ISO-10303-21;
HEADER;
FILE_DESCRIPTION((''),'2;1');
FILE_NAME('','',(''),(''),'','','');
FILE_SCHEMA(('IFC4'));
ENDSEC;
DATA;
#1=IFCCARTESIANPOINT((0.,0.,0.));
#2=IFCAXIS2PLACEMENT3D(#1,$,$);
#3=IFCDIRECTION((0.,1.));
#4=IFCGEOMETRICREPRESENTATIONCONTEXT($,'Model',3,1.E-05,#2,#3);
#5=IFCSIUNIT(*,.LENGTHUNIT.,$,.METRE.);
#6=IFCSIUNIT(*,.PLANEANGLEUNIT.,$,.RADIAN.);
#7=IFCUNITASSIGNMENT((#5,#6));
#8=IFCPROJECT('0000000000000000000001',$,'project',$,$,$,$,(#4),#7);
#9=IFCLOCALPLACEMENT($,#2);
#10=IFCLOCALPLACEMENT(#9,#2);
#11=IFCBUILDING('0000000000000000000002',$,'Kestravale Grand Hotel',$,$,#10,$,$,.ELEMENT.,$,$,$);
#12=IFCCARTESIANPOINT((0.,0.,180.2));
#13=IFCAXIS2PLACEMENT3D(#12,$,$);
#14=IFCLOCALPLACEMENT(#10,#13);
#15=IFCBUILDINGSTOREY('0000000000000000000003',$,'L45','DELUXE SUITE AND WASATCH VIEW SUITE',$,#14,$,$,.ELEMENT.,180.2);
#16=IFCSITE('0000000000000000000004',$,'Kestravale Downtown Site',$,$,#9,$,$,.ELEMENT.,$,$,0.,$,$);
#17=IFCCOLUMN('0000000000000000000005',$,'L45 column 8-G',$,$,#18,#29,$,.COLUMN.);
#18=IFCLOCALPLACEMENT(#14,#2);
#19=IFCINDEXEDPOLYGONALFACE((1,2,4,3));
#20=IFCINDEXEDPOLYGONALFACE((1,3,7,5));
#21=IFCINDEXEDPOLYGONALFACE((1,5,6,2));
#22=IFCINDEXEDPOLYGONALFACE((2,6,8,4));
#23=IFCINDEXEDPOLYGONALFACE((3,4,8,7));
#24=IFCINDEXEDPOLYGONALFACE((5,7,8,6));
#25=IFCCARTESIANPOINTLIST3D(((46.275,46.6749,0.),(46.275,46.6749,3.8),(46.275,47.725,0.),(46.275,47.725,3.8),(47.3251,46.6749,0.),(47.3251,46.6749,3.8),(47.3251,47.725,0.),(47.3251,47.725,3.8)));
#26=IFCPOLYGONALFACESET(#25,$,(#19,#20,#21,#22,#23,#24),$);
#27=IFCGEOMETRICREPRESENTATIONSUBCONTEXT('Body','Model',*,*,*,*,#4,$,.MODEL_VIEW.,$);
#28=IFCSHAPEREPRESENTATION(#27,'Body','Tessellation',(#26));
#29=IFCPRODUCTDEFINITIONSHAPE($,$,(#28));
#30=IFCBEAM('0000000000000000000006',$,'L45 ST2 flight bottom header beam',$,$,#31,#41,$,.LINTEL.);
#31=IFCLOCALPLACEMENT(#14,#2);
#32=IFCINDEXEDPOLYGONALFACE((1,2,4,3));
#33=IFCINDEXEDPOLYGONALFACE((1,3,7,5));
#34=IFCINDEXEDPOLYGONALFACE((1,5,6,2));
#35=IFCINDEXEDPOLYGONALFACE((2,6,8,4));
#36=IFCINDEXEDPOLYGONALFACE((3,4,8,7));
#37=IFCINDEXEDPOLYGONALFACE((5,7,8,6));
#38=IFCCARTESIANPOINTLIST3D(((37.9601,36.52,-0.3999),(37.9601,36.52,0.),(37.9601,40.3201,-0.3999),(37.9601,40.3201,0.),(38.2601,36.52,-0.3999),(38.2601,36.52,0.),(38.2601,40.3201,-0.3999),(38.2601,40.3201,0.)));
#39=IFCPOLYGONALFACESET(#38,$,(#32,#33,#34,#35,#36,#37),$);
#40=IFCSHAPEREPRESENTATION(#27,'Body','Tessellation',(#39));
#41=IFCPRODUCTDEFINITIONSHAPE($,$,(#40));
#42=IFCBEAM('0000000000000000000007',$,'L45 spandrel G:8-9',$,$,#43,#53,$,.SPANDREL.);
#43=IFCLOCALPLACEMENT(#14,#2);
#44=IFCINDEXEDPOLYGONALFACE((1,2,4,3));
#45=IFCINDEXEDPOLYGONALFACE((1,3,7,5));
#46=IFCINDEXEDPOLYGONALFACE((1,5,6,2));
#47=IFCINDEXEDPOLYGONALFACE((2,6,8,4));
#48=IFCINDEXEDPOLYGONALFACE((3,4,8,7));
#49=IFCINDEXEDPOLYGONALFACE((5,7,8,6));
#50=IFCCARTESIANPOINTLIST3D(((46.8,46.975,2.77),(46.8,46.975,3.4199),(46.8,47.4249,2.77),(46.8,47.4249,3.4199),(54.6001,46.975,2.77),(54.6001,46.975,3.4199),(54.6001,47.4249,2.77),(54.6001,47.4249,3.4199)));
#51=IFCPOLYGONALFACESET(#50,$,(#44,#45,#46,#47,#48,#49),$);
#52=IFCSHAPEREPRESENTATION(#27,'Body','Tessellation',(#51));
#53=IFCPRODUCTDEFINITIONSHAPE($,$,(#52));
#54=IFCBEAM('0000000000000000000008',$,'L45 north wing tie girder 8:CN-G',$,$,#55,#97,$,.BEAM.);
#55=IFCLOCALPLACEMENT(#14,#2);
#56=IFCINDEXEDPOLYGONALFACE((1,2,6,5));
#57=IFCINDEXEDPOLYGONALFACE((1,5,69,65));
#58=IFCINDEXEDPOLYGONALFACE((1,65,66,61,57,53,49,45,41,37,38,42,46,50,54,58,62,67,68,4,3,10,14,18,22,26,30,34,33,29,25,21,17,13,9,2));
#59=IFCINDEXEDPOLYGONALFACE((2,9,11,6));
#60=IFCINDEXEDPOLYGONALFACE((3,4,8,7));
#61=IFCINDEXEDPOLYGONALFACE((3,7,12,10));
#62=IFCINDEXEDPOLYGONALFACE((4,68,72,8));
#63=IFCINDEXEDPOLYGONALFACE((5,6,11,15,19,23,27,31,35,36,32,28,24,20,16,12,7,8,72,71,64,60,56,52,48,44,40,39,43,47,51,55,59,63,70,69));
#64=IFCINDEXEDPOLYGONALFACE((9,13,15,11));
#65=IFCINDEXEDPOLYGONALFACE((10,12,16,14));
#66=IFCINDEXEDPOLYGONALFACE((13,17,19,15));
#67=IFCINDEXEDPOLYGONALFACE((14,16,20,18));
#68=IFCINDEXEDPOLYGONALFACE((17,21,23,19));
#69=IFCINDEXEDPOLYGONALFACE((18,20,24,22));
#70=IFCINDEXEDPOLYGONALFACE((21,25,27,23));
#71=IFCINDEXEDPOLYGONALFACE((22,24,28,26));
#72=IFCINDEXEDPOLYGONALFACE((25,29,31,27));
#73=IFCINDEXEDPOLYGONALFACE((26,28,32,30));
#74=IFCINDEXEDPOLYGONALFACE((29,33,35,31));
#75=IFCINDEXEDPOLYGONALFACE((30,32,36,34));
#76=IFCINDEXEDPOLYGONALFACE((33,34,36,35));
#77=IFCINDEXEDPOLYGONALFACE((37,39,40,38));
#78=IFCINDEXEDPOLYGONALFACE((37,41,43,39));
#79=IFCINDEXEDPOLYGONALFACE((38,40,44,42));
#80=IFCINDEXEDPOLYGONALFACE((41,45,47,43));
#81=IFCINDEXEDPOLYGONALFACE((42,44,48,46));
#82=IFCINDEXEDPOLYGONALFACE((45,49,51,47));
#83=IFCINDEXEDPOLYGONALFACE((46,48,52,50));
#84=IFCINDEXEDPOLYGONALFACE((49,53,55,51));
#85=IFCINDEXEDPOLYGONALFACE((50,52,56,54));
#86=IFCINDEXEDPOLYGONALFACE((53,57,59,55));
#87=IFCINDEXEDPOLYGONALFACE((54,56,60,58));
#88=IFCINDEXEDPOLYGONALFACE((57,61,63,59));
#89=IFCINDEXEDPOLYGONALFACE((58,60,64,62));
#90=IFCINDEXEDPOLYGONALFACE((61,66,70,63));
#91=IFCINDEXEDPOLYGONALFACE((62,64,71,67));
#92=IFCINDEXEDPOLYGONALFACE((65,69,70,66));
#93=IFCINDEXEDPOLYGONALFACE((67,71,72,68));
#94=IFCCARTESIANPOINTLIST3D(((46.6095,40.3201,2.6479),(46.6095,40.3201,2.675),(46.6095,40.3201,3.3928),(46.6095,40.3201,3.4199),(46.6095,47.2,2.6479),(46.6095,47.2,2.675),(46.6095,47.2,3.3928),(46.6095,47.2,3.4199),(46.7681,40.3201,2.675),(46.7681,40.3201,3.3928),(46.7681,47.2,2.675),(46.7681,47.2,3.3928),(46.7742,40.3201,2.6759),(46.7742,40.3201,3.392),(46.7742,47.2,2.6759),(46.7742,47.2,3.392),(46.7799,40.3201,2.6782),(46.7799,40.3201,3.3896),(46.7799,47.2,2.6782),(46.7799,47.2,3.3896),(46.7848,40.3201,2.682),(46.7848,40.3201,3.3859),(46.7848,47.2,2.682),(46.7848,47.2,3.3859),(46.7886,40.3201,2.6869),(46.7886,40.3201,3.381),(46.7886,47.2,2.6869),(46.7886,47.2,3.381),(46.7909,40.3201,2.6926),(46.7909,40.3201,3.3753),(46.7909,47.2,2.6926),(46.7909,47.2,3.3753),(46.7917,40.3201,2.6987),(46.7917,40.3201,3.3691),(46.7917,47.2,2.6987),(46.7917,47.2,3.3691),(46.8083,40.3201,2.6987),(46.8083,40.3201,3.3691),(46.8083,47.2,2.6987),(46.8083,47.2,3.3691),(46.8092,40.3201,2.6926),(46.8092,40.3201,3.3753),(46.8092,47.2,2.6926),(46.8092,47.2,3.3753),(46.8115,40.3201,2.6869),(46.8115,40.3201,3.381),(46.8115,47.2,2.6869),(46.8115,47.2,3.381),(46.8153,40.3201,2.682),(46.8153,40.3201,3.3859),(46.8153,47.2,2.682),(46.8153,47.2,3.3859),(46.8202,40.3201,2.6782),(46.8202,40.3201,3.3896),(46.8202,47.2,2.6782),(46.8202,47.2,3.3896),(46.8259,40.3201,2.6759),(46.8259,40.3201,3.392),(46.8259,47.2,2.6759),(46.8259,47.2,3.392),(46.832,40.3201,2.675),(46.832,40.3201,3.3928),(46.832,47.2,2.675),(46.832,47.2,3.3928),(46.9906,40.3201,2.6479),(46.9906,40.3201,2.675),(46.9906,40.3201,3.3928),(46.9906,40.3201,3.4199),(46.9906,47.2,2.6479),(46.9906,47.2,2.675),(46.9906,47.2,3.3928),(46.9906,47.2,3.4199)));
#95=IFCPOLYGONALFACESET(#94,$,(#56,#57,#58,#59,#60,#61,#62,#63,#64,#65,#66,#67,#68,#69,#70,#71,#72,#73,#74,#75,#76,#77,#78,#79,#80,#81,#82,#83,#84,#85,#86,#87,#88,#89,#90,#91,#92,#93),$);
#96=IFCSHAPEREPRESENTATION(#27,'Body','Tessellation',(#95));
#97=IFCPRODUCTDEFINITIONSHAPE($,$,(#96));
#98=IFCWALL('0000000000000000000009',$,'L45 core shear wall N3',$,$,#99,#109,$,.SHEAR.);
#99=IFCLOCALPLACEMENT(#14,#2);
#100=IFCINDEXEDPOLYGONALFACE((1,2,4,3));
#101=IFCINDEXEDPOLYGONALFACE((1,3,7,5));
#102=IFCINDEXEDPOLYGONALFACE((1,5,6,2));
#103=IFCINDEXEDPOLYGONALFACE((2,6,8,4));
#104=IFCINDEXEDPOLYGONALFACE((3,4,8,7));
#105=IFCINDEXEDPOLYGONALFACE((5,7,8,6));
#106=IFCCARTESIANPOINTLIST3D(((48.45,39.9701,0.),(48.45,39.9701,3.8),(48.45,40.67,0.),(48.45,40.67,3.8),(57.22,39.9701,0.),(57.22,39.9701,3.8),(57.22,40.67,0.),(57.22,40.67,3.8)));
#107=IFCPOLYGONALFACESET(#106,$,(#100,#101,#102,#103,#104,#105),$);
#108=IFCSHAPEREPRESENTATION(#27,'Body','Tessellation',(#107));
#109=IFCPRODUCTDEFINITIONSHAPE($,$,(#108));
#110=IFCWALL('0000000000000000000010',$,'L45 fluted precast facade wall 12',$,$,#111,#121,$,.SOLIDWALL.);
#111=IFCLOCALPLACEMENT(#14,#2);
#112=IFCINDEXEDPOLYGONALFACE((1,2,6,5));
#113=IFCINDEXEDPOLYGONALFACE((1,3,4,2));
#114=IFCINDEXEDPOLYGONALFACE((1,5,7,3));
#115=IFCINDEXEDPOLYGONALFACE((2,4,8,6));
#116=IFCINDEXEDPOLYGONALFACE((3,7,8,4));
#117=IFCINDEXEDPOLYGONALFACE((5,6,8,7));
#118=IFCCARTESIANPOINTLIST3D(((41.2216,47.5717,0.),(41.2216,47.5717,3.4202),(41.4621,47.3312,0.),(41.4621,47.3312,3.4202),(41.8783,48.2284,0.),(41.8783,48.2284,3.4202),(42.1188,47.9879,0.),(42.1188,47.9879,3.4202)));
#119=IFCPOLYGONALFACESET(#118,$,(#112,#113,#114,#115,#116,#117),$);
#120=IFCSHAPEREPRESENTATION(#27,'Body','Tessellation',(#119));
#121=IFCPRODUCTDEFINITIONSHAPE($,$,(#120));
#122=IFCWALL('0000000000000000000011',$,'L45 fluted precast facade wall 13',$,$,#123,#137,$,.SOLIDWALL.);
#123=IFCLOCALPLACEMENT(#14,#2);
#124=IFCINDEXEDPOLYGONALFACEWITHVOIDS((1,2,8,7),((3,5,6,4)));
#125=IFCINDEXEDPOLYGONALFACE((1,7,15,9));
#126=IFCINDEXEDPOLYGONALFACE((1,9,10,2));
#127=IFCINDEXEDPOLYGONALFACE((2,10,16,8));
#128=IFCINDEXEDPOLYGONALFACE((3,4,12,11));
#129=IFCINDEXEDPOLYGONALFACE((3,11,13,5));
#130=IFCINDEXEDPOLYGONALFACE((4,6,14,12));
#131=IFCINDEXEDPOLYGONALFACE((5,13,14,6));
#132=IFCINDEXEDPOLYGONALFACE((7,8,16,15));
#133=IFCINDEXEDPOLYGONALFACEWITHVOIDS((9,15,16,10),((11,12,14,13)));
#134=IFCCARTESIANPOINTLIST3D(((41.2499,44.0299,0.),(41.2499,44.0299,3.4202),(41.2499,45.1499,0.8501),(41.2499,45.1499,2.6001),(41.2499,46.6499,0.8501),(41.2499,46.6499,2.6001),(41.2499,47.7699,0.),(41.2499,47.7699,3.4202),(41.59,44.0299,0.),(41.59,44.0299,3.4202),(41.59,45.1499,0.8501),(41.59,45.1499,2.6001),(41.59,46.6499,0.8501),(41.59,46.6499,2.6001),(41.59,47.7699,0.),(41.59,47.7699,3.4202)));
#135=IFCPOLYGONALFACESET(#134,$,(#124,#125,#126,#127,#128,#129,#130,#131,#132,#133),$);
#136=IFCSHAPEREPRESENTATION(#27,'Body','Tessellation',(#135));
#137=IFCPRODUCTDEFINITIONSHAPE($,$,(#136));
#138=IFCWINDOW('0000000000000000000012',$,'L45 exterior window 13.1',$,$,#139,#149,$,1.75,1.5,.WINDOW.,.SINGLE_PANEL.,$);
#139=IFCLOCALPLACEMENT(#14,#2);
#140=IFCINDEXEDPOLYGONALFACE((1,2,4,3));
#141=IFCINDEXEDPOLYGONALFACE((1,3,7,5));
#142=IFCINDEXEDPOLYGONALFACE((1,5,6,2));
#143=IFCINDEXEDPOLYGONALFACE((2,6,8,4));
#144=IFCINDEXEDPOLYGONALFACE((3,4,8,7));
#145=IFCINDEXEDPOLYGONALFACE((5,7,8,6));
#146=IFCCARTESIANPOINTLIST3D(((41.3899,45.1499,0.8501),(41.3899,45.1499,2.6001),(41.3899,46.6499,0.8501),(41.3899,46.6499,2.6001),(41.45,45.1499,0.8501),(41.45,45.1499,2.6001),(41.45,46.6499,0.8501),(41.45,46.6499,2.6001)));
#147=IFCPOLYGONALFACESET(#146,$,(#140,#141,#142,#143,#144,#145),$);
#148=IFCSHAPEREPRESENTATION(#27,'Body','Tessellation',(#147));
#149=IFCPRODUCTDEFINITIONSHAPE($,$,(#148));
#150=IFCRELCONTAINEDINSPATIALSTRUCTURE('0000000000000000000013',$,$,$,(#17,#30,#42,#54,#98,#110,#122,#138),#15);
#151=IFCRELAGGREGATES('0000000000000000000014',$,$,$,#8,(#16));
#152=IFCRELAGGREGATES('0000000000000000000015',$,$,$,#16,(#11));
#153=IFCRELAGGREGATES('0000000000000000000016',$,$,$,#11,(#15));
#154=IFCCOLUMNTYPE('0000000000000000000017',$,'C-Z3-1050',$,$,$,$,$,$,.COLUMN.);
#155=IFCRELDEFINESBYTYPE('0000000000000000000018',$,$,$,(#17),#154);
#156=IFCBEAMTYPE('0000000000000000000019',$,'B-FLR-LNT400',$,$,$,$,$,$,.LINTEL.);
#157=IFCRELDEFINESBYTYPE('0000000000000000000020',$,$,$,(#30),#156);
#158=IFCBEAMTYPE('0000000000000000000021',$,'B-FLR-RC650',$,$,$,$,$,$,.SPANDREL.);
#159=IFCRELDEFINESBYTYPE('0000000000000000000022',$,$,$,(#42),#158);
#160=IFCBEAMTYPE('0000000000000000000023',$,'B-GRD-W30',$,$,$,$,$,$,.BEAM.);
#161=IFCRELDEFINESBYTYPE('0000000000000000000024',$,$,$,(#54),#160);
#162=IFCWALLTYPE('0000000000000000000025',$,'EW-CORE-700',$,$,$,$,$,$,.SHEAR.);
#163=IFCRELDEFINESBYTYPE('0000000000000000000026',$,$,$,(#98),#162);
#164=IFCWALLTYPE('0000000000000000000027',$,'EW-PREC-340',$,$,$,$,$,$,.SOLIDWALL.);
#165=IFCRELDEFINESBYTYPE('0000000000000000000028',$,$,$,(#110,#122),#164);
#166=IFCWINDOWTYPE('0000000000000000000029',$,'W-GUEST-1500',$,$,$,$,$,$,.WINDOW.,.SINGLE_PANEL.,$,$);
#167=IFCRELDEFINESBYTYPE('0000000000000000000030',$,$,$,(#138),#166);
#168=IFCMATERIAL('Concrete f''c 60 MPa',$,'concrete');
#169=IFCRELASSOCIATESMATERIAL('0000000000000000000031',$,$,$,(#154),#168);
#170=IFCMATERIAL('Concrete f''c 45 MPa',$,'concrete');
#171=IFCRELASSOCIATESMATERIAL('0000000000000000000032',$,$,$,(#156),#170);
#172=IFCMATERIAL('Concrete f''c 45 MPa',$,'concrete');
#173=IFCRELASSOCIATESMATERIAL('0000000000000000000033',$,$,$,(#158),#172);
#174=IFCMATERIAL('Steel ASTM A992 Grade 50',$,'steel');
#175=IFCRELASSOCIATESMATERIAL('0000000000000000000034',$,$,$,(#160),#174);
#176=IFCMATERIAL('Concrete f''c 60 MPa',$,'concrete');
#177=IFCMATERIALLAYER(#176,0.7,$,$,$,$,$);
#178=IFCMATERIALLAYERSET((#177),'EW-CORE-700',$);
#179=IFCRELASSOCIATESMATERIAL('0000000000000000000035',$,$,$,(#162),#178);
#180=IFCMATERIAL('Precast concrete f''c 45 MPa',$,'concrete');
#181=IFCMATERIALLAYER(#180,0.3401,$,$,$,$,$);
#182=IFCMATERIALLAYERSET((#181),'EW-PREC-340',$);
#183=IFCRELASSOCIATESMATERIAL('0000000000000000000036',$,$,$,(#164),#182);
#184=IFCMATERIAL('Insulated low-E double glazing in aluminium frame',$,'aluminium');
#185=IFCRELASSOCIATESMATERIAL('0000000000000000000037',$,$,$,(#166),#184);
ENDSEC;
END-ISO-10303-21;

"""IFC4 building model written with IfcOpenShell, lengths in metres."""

from ifc_helpers import new_model, si_unit, direction, frame, frame_2d, origin, origin_2d, place, context, subcontext, project, spatial, rectangle, i_section, extrude, material, layer, layer_set, material_profile, profile_set, type_object, element, fill, save


model = new_model("IFC4")

# Units and contexts
model_context = context("Model", 3, precision=1e-05, world=origin(), true_north=direction((0.0, 1.0)))
body_context = subcontext(model_context, "Body", "Model", "MODEL_VIEW")
ifc_project = project(units=[si_unit("LENGTHUNIT", "METRE"), si_unit("PLANEANGLEUNIT", "RADIAN")], contexts=[model_context])

# Site, building, storey
site_placement = place(None, origin())
site = spatial("IfcSite", under=ifc_project, at=site_placement, Name="Kestravale Downtown Site", CompositionType="ELEMENT", RefElevation=0.0)
building_placement = place(site_placement, origin())
building = spatial("IfcBuilding", under=site, at=building_placement, Name="Kestravale Grand Hotel", CompositionType="ELEMENT")
storey_placement = place(building_placement, frame((0.0, 0.0, 180.2)))
storey = spatial("IfcBuildingStorey", under=building, at=storey_placement, Name="L45", Description="DELUXE SUITE AND WASATCH VIEW SUITE", CompositionType="ELEMENT", Elevation=180.2)

# Column
ifc_material_1 = material(Name="Concrete f'c 60 MPa", Category="concrete")
ifc_material_profile_1 = material_profile(ifc_material_1, rectangle(XDim=1.05, YDim=1.05, at=origin_2d()))
ifc_profile_set_1 = profile_set([ifc_material_profile_1], Name="Concrete f'c 60 MPa")
column_type = type_object("IfcColumnType", Name="C-Z3-1050", PredefinedType="COLUMN", material=ifc_profile_set_1)
column_placement = place(storey_placement, frame((46.8, 47.2, 0.0), z_axis=(0.0, 0.0, 1.0), x_axis=(1.0, 0.0, 0.0)))
element("IfcColumn", 1, at=column_placement, inside=storey, type_object=column_type, Name="L45 column 8-G", PredefinedType="COLUMN", context=body_context, shape_type="SweptSolid", body=[
    extrude(rectangle(XDim=1.05, YDim=1.05, at=origin_2d()), origin(), (0.0, 0.0, 1.0), 3.8),
])

# Beams
ifc_material_2 = material(Name="Concrete f'c 45 MPa", Category="concrete")
ifc_material_profile_2 = material_profile(ifc_material_2, rectangle(XDim=0.3, YDim=0.3999, at=origin_2d()))
ifc_profile_set_2 = profile_set([ifc_material_profile_2], Name="Concrete f'c 45 MPa")
beam_type_1 = type_object("IfcBeamType", Name="B-FLR-LNT400", PredefinedType="LINTEL", material=ifc_profile_set_2)
beam_1_placement = place(storey_placement, frame((38.1101, 36.52, -0.2), z_axis=(0.0, 1.0, 0.0), x_axis=(-1.0, 0.0, 0.0)))
element("IfcBeam", 2, at=beam_1_placement, inside=storey, type_object=beam_type_1, Name="L45 ST2 flight bottom header beam", PredefinedType="LINTEL", context=body_context, shape_type="SweptSolid", body=[
    extrude(rectangle(XDim=0.3, YDim=0.3999, at=origin_2d()), origin(), (0.0, 0.0, 1.0), 3.8),
])
ifc_material_3 = material(Name="Concrete f'c 45 MPa", Category="concrete")
ifc_material_profile_3 = material_profile(ifc_material_3, rectangle(XDim=0.45, YDim=0.6499, at=origin_2d()))
ifc_profile_set_3 = profile_set([ifc_material_profile_3], Name="Concrete f'c 45 MPa")
beam_type_2 = type_object("IfcBeamType", Name="B-FLR-RC650", PredefinedType="SPANDREL", material=ifc_profile_set_3)
beam_2_placement = place(storey_placement, frame((46.8, 47.2, 3.095), z_axis=(1.0, 0.0, 0.0), x_axis=(0.0, 1.0, 0.0)))
element("IfcBeam", 3, at=beam_2_placement, inside=storey, type_object=beam_type_2, Name="L45 spandrel G:8-9", PredefinedType="SPANDREL", context=body_context, shape_type="SweptSolid", body=[
    extrude(rectangle(XDim=0.45, YDim=0.6499, at=origin_2d()), origin(), (0.0, 0.0, 1.0), 7.8),
])
ifc_material_4 = material(Name="Steel ASTM A992 Grade 50", Category="steel")
ifc_material_profile_4 = material_profile(ifc_material_4, i_section(OverallWidth=0.3811, OverallDepth=0.772, WebThickness=0.0166, FlangeThickness=0.0271, FilletRadius=0.0237, at=origin_2d()))
ifc_profile_set_4 = profile_set([ifc_material_profile_4], Name="Steel ASTM A992 Grade 50")
beam_type_3 = type_object("IfcBeamType", Name="B-GRD-W30", PredefinedType="BEAM", material=ifc_profile_set_4)
beam_3_placement = place(storey_placement, frame((46.8, 40.3201, 3.0339), z_axis=(0.0, 1.0, 0.0), x_axis=(-1.0, 0.0, 0.0)))
element("IfcBeam", 4, at=beam_3_placement, inside=storey, type_object=beam_type_3, Name="L45 north wing tie girder 8:CN-G", PredefinedType="BEAM", context=body_context, shape_type="SweptSolid", body=[
    extrude(i_section(OverallWidth=0.3811, OverallDepth=0.772, WebThickness=0.0166, FlangeThickness=0.0271, FilletRadius=0.0237, at=origin_2d()), origin(), (0.0, 0.0, 1.0), 6.8799),
])

# Walls
ifc_material_5 = material(Name="Concrete f'c 60 MPa", Category="concrete")
ifc_layer_1 = layer(ifc_material_5, 0.7)
ifc_layer_set_1 = layer_set([ifc_layer_1], Name="EW-CORE-700")
wall_type_1 = type_object("IfcWallType", Name="EW-CORE-700", PredefinedType="SHEAR", material=ifc_layer_set_1)
wall_1_placement = place(storey_placement, frame((48.45, 40.3201, 0.0), z_axis=(0.0, 0.0, 1.0), x_axis=(1.0, 0.0, 0.0)))
element("IfcWall", 5, at=wall_1_placement, inside=storey, type_object=wall_type_1, Name="L45 core shear wall N3", PredefinedType="SHEAR", context=body_context, shape_type="SweptSolid", body=[
    extrude(rectangle(XDim=8.77, YDim=0.7, at=frame_2d((4.385, 0.0))), origin(), (0.0, 0.0, 1.0), 3.8),
])
ifc_material_6 = material(Name="Precast concrete f'c 45 MPa", Category="concrete")
ifc_layer_2 = layer(ifc_material_6, 0.3401)
ifc_layer_set_2 = layer_set([ifc_layer_2], Name="EW-PREC-340")
wall_type_2 = type_object("IfcWallType", Name="EW-PREC-340", PredefinedType="SOLIDWALL", material=ifc_layer_set_2)
wall_2_placement = place(storey_placement, frame((41.9985, 48.1082, 0.0), z_axis=(0.0, 0.0, 1.0), x_axis=(-0.707107, -0.707107, 0.0)))
element("IfcWall", 6, at=wall_2_placement, inside=storey, type_object=wall_type_2, Name="L45 fluted precast facade wall 12", PredefinedType="SOLIDWALL", context=body_context, shape_type="SweptSolid", body=[
    extrude(rectangle(XDim=0.9287, YDim=0.3401, at=frame_2d((0.4644, 0.0))), origin(), (0.0, 0.0, 1.0), 3.4202),
])

# Wall, opening, window
wall_3_placement = place(storey_placement, frame((41.4199, 47.77, 0.0), z_axis=(0.0, 0.0, 1.0), x_axis=(0.0, -1.0, 0.0)))
wall_3 = element("IfcWall", 7, at=wall_3_placement, inside=storey, type_object=wall_type_2, Name="L45 fluted precast facade wall 13", PredefinedType="SOLIDWALL", context=body_context, shape_type="SweptSolid", body=[
    extrude(rectangle(XDim=3.74, YDim=0.3401, at=frame_2d((1.8701, 0.0))), origin(), (0.0, 0.0, 1.0), 3.4202),
])
opening_1_placement = place(wall_3_placement, frame((1.1201, 0.0, 0.8501)))
opening_1 = element("IfcOpeningElement", 8, at=opening_1_placement, cuts=wall_3, PredefinedType="OPENING", context=body_context, shape_type="SweptSolid", body=[
    extrude(rectangle(XDim=1.5, YDim=1.75, at=frame_2d((0.75, 0.875))), frame((0.0, 0.1799, 0.0), z_axis=(0.0, -1.0, 0.0), x_axis=(1.0, 0.0, 0.0)), (0.0, 0.0, 1.0), 0.3601),
])
ifc_material_7 = material(Name="Insulated low-E double glazing in aluminium frame", Category="aluminium")
window_type = type_object("IfcWindowType", Name="W-GUEST-1500", PartitioningType="SINGLE_PANEL", PredefinedType="WINDOW", material=ifc_material_7)
window_1_placement = place(opening_1_placement, origin())
window_1 = element("IfcWindow", 9, at=window_1_placement, inside=storey, type_object=window_type, Name="L45 exterior window 13.1", OverallHeight=1.75, OverallWidth=1.5, PartitioningType="SINGLE_PANEL", PredefinedType="WINDOW", context=body_context, shape_type="SweptSolid", body=[
    extrude(rectangle(XDim=1.5, YDim=1.75, at=frame_2d((0.75, 0.875))), frame((0.0, 0.03, 0.0), z_axis=(0.0, -1.0, 0.0), x_axis=(1.0, 0.0, 0.0)), (0.0, 0.0, 1.0), 0.0601),
])
fill(opening_1, window_1)

save(model, "model.ifc")
